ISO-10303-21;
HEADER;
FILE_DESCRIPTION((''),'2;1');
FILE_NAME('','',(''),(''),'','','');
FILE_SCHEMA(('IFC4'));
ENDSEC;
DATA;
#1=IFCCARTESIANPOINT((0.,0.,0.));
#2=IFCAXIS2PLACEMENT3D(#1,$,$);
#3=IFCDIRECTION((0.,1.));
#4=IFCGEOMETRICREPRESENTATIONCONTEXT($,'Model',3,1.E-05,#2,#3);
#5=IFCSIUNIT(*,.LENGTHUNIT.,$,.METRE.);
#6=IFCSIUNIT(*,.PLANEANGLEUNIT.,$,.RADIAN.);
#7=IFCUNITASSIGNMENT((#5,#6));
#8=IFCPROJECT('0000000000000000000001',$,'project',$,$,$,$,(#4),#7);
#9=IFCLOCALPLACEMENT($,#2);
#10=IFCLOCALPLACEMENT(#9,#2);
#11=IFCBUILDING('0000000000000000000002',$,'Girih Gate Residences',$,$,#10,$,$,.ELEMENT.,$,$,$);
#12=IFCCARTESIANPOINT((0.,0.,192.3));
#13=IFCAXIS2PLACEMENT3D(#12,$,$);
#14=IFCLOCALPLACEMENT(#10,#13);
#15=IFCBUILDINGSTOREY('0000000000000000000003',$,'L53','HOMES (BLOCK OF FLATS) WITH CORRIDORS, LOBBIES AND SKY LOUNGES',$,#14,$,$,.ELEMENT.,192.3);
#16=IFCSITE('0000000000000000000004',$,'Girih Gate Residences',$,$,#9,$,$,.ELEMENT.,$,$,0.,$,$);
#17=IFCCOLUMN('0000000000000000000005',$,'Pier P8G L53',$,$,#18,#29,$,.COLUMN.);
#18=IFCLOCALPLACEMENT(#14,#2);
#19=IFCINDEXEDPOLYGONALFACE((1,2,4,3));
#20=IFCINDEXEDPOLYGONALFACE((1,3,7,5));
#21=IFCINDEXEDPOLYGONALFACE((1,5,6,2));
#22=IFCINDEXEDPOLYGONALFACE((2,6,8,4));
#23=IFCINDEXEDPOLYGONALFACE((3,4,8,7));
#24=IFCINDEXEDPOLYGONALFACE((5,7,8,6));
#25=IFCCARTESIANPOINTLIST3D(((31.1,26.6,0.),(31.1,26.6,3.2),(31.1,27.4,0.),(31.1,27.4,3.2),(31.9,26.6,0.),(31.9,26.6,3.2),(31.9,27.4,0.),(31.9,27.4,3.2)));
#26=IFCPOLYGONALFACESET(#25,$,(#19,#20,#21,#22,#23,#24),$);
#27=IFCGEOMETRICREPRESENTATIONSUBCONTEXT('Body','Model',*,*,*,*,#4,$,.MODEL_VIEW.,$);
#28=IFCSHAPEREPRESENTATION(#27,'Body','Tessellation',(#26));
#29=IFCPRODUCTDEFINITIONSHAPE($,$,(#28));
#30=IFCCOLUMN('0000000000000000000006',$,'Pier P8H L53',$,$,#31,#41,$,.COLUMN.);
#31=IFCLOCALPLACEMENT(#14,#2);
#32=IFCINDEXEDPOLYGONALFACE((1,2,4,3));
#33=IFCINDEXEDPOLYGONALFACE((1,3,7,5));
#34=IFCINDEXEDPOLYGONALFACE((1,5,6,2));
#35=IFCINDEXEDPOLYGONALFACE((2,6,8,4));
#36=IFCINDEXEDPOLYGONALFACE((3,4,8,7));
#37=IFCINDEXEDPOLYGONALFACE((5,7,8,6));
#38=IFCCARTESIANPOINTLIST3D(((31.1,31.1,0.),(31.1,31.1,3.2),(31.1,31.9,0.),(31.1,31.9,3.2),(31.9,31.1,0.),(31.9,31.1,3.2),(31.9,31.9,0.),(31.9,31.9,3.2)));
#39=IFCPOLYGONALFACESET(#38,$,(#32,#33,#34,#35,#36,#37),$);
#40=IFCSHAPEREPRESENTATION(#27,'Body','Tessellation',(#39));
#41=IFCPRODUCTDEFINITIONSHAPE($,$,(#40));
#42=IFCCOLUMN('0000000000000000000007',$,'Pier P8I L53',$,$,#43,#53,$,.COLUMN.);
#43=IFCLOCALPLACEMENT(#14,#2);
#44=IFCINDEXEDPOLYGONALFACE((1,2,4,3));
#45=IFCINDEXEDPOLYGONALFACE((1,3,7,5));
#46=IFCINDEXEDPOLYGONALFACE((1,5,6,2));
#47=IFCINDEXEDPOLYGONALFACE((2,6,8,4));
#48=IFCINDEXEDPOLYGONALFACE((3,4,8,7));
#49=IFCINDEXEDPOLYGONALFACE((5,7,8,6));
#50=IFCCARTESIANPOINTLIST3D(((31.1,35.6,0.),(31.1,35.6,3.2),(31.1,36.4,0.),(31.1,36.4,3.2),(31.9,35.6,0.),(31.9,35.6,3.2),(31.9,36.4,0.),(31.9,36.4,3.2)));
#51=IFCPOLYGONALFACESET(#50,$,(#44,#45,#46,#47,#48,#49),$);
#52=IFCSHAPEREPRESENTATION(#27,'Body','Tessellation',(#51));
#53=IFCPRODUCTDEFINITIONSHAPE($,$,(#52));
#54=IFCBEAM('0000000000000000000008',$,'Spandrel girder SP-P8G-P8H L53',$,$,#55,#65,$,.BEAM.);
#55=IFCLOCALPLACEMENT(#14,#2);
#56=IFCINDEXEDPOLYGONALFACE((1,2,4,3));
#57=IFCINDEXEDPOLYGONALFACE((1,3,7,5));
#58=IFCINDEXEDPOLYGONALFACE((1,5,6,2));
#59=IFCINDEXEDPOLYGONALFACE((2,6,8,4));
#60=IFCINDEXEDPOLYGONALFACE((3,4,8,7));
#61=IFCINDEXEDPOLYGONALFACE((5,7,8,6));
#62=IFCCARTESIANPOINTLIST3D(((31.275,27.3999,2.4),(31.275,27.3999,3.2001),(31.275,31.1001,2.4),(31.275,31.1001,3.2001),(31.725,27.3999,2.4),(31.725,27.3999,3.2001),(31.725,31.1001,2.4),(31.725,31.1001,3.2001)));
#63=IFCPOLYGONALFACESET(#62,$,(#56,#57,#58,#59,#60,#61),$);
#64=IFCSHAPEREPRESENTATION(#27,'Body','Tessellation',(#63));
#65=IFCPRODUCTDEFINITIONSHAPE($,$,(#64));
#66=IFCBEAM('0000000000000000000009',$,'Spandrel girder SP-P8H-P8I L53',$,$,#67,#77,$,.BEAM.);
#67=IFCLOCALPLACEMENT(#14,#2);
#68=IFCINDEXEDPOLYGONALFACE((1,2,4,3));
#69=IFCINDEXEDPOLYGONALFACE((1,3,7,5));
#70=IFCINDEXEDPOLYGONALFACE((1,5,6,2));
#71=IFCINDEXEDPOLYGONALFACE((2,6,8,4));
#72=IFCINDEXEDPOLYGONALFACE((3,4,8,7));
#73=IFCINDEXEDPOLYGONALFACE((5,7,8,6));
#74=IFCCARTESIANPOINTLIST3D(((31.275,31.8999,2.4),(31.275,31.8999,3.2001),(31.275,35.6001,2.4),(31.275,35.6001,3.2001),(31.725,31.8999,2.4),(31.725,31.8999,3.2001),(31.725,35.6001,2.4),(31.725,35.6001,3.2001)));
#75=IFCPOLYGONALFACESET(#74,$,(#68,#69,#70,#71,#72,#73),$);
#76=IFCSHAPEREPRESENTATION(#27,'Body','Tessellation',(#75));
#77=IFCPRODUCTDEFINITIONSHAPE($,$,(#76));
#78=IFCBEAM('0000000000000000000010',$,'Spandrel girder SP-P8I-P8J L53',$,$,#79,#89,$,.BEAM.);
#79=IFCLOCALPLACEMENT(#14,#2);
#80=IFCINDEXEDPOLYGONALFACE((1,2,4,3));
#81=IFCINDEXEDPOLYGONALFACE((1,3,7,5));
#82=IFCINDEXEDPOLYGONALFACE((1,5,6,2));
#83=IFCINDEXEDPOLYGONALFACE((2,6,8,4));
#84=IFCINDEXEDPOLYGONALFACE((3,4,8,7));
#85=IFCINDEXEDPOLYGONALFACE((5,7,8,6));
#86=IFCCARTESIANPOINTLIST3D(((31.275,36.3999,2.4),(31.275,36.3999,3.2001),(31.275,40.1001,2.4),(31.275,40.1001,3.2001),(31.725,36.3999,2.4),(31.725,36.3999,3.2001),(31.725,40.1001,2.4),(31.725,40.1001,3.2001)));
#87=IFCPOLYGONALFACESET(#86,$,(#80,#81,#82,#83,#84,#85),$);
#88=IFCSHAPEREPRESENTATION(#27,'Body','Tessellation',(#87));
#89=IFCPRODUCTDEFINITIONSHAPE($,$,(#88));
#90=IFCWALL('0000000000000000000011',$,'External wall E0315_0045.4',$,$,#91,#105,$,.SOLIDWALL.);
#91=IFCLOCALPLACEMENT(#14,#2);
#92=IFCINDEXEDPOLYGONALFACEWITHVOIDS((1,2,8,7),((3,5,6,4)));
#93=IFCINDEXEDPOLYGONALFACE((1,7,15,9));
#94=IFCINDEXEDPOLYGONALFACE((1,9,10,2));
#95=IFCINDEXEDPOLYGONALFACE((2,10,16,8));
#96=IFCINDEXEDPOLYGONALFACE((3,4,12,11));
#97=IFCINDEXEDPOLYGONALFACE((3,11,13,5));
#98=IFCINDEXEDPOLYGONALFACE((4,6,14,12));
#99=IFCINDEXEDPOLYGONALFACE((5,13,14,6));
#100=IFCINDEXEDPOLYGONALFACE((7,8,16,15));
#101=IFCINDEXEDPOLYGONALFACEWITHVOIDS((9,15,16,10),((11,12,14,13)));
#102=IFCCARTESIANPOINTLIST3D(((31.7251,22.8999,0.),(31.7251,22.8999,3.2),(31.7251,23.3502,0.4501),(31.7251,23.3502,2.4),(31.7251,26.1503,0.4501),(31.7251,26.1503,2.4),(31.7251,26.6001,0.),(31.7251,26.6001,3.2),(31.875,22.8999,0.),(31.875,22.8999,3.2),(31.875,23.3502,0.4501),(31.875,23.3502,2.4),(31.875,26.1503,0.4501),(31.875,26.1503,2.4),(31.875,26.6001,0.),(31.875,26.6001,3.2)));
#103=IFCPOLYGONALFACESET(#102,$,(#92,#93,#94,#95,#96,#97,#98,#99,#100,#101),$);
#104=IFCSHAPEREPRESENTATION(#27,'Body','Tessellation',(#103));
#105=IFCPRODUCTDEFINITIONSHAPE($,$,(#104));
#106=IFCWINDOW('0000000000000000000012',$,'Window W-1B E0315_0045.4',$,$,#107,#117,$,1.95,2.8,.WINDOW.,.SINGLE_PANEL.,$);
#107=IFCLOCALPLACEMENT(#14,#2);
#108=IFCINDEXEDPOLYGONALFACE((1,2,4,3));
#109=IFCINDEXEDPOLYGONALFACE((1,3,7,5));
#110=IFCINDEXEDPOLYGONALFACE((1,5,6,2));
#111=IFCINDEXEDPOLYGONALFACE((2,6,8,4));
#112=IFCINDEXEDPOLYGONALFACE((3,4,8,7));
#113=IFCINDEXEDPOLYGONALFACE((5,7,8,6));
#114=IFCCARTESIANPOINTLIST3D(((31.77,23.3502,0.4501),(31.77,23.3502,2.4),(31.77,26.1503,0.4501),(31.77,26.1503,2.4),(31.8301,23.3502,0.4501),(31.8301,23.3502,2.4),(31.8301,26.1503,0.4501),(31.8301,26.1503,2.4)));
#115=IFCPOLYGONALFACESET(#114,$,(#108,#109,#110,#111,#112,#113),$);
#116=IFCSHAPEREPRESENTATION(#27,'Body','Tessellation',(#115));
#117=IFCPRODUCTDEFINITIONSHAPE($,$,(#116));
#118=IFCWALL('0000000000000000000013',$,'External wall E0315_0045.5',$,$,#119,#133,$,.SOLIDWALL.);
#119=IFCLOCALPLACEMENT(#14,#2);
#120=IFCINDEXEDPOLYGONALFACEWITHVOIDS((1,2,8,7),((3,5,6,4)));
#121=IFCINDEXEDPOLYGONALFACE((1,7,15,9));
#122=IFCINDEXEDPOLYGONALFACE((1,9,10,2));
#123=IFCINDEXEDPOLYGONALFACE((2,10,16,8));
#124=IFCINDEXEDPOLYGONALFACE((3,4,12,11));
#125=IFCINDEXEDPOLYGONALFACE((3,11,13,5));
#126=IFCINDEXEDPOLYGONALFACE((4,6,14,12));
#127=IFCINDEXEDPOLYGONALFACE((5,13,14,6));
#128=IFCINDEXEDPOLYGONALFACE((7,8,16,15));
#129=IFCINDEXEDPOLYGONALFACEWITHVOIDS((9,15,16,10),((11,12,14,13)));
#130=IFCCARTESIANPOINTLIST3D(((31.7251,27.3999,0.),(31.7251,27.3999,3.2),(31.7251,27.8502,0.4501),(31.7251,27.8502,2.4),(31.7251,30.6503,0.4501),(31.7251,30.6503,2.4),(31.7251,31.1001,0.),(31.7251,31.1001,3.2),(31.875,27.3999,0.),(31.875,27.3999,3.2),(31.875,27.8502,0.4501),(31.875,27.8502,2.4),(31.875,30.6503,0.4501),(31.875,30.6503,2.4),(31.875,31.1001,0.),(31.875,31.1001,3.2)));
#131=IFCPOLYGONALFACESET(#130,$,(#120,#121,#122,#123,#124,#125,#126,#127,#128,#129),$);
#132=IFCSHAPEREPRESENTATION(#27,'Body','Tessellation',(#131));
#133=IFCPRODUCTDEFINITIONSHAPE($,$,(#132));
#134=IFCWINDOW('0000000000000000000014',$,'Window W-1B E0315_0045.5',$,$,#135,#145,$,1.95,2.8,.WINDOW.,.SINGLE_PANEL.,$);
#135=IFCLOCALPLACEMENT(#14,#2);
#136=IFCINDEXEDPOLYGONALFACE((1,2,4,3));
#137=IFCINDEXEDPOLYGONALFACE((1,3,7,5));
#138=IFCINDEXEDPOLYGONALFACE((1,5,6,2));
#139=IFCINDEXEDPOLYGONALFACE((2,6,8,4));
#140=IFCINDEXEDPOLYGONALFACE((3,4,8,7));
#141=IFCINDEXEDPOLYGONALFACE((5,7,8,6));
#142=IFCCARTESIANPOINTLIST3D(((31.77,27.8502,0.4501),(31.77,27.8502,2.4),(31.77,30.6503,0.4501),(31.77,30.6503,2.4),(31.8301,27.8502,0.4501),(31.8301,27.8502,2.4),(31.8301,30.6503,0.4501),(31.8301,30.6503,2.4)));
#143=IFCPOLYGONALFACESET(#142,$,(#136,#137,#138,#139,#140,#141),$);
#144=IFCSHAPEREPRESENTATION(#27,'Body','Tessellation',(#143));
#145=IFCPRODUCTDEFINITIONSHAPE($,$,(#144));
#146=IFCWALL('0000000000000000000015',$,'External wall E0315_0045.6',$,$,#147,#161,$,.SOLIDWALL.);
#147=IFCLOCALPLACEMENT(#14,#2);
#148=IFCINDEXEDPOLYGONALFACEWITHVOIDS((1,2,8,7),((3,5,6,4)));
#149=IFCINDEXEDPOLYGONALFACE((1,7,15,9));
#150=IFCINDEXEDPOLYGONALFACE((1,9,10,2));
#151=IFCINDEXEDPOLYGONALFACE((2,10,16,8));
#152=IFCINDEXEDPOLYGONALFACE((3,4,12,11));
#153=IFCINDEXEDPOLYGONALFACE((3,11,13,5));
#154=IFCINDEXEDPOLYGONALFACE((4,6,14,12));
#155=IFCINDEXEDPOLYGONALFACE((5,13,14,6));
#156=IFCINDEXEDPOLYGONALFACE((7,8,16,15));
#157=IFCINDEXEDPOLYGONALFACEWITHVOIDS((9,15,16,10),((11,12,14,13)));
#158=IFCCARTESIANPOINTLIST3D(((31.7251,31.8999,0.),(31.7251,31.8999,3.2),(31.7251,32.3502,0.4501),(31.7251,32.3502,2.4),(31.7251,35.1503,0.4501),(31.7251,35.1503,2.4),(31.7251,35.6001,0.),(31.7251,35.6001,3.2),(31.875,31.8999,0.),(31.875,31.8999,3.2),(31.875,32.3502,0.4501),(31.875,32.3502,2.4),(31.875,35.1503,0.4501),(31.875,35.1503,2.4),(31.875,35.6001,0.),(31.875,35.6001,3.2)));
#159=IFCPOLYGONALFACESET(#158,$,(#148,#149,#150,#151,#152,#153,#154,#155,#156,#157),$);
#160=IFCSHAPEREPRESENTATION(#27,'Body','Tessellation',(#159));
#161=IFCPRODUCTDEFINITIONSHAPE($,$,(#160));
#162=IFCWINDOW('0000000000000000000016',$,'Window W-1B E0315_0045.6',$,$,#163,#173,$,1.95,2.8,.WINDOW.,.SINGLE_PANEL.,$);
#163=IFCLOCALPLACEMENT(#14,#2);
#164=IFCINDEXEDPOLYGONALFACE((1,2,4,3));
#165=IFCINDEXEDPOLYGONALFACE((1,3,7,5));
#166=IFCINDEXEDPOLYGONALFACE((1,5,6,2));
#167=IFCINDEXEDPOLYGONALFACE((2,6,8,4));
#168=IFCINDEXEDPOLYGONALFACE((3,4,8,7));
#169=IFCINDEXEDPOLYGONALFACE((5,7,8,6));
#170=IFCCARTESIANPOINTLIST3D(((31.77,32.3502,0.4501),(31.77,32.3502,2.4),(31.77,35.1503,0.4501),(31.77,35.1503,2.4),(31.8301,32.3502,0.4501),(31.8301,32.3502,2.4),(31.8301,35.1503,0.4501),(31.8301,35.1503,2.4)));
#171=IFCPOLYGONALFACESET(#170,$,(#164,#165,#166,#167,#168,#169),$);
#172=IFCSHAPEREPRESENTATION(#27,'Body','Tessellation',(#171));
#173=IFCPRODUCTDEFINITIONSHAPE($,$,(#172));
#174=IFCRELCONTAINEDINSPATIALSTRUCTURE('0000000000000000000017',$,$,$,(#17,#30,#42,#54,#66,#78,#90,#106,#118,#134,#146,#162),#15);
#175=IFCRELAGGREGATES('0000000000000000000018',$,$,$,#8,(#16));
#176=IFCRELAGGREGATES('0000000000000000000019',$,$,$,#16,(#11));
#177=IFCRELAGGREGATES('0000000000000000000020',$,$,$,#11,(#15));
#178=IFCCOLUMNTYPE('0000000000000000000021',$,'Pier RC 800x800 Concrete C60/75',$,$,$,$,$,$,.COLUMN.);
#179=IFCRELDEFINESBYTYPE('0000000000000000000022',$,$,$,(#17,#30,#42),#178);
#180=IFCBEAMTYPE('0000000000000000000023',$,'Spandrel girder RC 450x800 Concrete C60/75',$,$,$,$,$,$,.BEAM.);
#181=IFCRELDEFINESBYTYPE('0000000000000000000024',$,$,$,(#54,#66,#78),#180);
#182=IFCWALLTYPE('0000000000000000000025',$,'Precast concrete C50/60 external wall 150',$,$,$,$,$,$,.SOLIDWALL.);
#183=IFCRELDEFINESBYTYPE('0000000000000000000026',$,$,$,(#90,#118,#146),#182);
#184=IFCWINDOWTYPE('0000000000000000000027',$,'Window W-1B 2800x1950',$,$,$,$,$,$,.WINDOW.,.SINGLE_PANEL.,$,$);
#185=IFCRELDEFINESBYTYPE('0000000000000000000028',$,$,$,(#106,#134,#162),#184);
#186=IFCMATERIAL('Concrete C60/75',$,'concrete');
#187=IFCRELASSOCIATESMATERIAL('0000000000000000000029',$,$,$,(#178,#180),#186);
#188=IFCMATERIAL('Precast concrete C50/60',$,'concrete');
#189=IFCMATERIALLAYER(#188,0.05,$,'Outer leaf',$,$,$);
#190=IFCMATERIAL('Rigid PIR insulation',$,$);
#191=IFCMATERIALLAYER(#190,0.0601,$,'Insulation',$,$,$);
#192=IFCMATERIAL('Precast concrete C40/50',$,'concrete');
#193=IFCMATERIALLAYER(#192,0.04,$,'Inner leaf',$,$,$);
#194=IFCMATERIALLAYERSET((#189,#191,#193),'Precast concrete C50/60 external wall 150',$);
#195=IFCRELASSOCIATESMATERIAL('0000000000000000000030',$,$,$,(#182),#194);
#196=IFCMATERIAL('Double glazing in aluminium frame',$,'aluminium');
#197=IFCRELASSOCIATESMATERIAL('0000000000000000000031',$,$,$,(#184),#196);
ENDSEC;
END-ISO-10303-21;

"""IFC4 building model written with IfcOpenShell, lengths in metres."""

from ifc_helpers import new_model, si_unit, direction, frame, frame_2d, origin, origin_2d, place, context, subcontext, project, spatial, rectangle, extrude, material, layer, layer_set, material_profile, profile_set, type_object, element, fill, save


model = new_model("IFC4")

# Units and contexts
model_context = context("Model", 3, precision=1e-05, world=origin(), true_north=direction((0.0, 1.0)))
body_context = subcontext(model_context, "Body", "Model", "MODEL_VIEW")
ifc_project = project(units=[si_unit("LENGTHUNIT", "METRE"), si_unit("PLANEANGLEUNIT", "RADIAN")], contexts=[model_context])

# Site, building, storey
site_placement = place(None, origin())
site = spatial("IfcSite", under=ifc_project, at=site_placement, Name="Girih Gate Residences", CompositionType="ELEMENT", RefElevation=0.0)
building_placement = place(site_placement, origin())
building = spatial("IfcBuilding", under=site, at=building_placement, Name="Girih Gate Residences", CompositionType="ELEMENT")
storey_placement = place(building_placement, frame((0.0, 0.0, 192.3)))
storey = spatial("IfcBuildingStorey", under=building, at=storey_placement, Name="L53", Description="HOMES (BLOCK OF FLATS) WITH CORRIDORS, LOBBIES AND SKY LOUNGES", CompositionType="ELEMENT", Elevation=192.3)

# Columns
ifc_material_1 = material(Name="Concrete C60/75", Category="concrete")
ifc_material_profile_1 = material_profile(ifc_material_1, rectangle(XDim=0.8, YDim=0.8, at=origin_2d()))
ifc_profile_set_1 = profile_set([ifc_material_profile_1], Name="Concrete C60/75")
column_type = type_object("IfcColumnType", Name="Pier RC 800x800 Concrete C60/75", PredefinedType="COLUMN", material=ifc_profile_set_1)
for number, where, z_axis, x_axis, name in (
    (1, (31.5, 27.0, 0.0), (0.0, 0.0, 1.0), (1.0, 0.0, 0.0), "Pier P8G L53"),
    (2, (31.5, 31.5, 0.0), (0.0, 0.0, 1.0), (1.0, 0.0, 0.0), "Pier P8H L53"),
    (3, (31.5, 36.0, 0.0), (0.0, 0.0, 1.0), (1.0, 0.0, 0.0), "Pier P8I L53"),
):
    element("IfcColumn", number, at=place(storey_placement, frame(where, z_axis=z_axis, x_axis=x_axis)), inside=storey, type_object=column_type, Name=name, PredefinedType="COLUMN", context=body_context, shape_type="SweptSolid", body=[
        extrude(rectangle(XDim=0.8, YDim=0.8, at=origin_2d()), origin(), (0.0, 0.0, 1.0), 3.2),
    ])

# Beams
ifc_material_profile_2 = material_profile(ifc_material_1, rectangle(XDim=0.45, YDim=0.8, at=origin_2d()))
ifc_profile_set_2 = profile_set([ifc_material_profile_2], Name="Concrete C60/75")
beam_type = type_object("IfcBeamType", Name="Spandrel girder RC 450x800 Concrete C60/75", PredefinedType="BEAM", material=ifc_profile_set_2)
for number, where, z_axis, x_axis, name in (
    (4, (31.5, 27.3999, 2.8), (0.0, 1.0, 0.0), (-1.0, 0.0, 0.0), "Spandrel girder SP-P8G-P8H L53"),
    (5, (31.5, 31.8999, 2.8), (0.0, 1.0, 0.0), (-1.0, 0.0, 0.0), "Spandrel girder SP-P8H-P8I L53"),
    (6, (31.5, 36.3999, 2.8), (0.0, 1.0, 0.0), (-1.0, 0.0, 0.0), "Spandrel girder SP-P8I-P8J L53"),
):
    element("IfcBeam", number, at=place(storey_placement, frame(where, z_axis=z_axis, x_axis=x_axis)), inside=storey, type_object=beam_type, Name=name, PredefinedType="BEAM", context=body_context, shape_type="SweptSolid", body=[
        extrude(rectangle(XDim=0.45, YDim=0.8, at=origin_2d()), origin(), (0.0, 0.0, 1.0), 3.7002),
    ])

# Walls, openings, windows
ifc_material_2 = material(Name="Precast concrete C50/60", Category="concrete")
ifc_layer_1 = layer(ifc_material_2, 0.05, Name="Outer leaf")
ifc_material_3 = material(Name="Rigid PIR insulation")
ifc_layer_2 = layer(ifc_material_3, 0.0601, Name="Insulation")
ifc_material_4 = material(Name="Precast concrete C40/50", Category="concrete")
ifc_layer_3 = layer(ifc_material_4, 0.04, Name="Inner leaf")
ifc_layer_set_1 = layer_set([ifc_layer_1, ifc_layer_2, ifc_layer_3], Name="Precast concrete C50/60 external wall 150")
wall_type_1 = type_object("IfcWallType", Name="Precast concrete C50/60 external wall 150", PredefinedType="SOLIDWALL", material=ifc_layer_set_1)
wall_1_placement = place(storey_placement, frame((31.8, 26.6001, 0.0), z_axis=(0.0, 0.0, 1.0), x_axis=(0.0, -1.0, 0.0)))
wall_1 = element("IfcWall", 7, at=wall_1_placement, inside=storey, type_object=wall_type_1, Name="External wall E0315_0045.4", PredefinedType="SOLIDWALL", context=body_context, shape_type="SweptSolid", body=[
    extrude(rectangle(XDim=3.7002, YDim=0.1499, at=frame_2d((1.8501, 0.0))), origin(), (0.0, 0.0, 1.0), 3.2),
])
opening_1_placement = place(wall_1_placement, frame((0.45, 0.0, 0.45)))
opening_1 = element("IfcOpeningElement", 8, at=opening_1_placement, cuts=wall_1, PredefinedType="OPENING", context=body_context, shape_type="SweptSolid", body=[
    extrude(rectangle(XDim=2.8, YDim=1.95, at=frame_2d((1.3999, 0.9751))), frame((0.0, 0.085, 0.0), z_axis=(0.0, -1.0, 0.0), x_axis=(1.0, 0.0, 0.0)), (0.0, 0.0, 1.0), 0.1699),
])
ifc_material_5 = material(Name="Double glazing in aluminium frame", Category="aluminium")
window_type = type_object("IfcWindowType", Name="Window W-1B 2800x1950", PartitioningType="SINGLE_PANEL", PredefinedType="WINDOW", material=ifc_material_5)
window_1_placement = place(opening_1_placement, origin())
window_1 = element("IfcWindow", 9, at=window_1_placement, inside=storey, type_object=window_type, Name="Window W-1B E0315_0045.4", OverallHeight=1.95, OverallWidth=2.8, PartitioningType="SINGLE_PANEL", PredefinedType="WINDOW", context=body_context, shape_type="SweptSolid", body=[
    extrude(rectangle(XDim=2.8, YDim=1.95, at=frame_2d((1.3999, 0.9751))), frame((0.0, 0.03, 0.0), z_axis=(0.0, -1.0, 0.0), x_axis=(1.0, 0.0, 0.0)), (0.0, 0.0, 1.0), 0.0601),
])
fill(opening_1, window_1)
wall_2_placement = place(storey_placement, frame((31.8, 31.1001, 0.0), z_axis=(0.0, 0.0, 1.0), x_axis=(0.0, -1.0, 0.0)))
wall_2 = element("IfcWall", 10, at=wall_2_placement, inside=storey, type_object=wall_type_1, Name="External wall E0315_0045.5", PredefinedType="SOLIDWALL", context=body_context, shape_type="SweptSolid", body=[
    extrude(rectangle(XDim=3.7002, YDim=0.1499, at=frame_2d((1.8501, 0.0))), origin(), (0.0, 0.0, 1.0), 3.2),
])
opening_2_placement = place(wall_2_placement, frame((0.45, 0.0, 0.45)))
opening_2 = element("IfcOpeningElement", 11, at=opening_2_placement, cuts=wall_2, PredefinedType="OPENING", context=body_context, shape_type="SweptSolid", body=[
    extrude(rectangle(XDim=2.8, YDim=1.95, at=frame_2d((1.3999, 0.9751))), frame((0.0, 0.085, 0.0), z_axis=(0.0, -1.0, 0.0), x_axis=(1.0, 0.0, 0.0)), (0.0, 0.0, 1.0), 0.1699),
])
window_2_placement = place(opening_2_placement, origin())
window_2 = element("IfcWindow", 12, at=window_2_placement, inside=storey, type_object=window_type, Name="Window W-1B E0315_0045.5", OverallHeight=1.95, OverallWidth=2.8, PartitioningType="SINGLE_PANEL", PredefinedType="WINDOW", context=body_context, shape_type="SweptSolid", body=[
    extrude(rectangle(XDim=2.8, YDim=1.95, at=frame_2d((1.3999, 0.9751))), frame((0.0, 0.03, 0.0), z_axis=(0.0, -1.0, 0.0), x_axis=(1.0, 0.0, 0.0)), (0.0, 0.0, 1.0), 0.0601),
])
fill(opening_2, window_2)
wall_3_placement = place(storey_placement, frame((31.8, 35.6001, 0.0), z_axis=(0.0, 0.0, 1.0), x_axis=(0.0, -1.0, 0.0)))
wall_3 = element("IfcWall", 13, at=wall_3_placement, inside=storey, type_object=wall_type_1, Name="External wall E0315_0045.6", PredefinedType="SOLIDWALL", context=body_context, shape_type="SweptSolid", body=[
    extrude(rectangle(XDim=3.7002, YDim=0.1499, at=frame_2d((1.8501, 0.0))), origin(), (0.0, 0.0, 1.0), 3.2),
])
opening_3_placement = place(wall_3_placement, frame((0.45, 0.0, 0.45)))
opening_3 = element("IfcOpeningElement", 14, at=opening_3_placement, cuts=wall_3, PredefinedType="OPENING", context=body_context, shape_type="SweptSolid", body=[
    extrude(rectangle(XDim=2.8, YDim=1.95, at=frame_2d((1.3999, 0.9751))), frame((0.0, 0.085, 0.0), z_axis=(0.0, -1.0, 0.0), x_axis=(1.0, 0.0, 0.0)), (0.0, 0.0, 1.0), 0.1699),
])
window_3_placement = place(opening_3_placement, origin())
window_3 = element("IfcWindow", 15, at=window_3_placement, inside=storey, type_object=window_type, Name="Window W-1B E0315_0045.6", OverallHeight=1.95, OverallWidth=2.8, PartitioningType="SINGLE_PANEL", PredefinedType="WINDOW", context=body_context, shape_type="SweptSolid", body=[
    extrude(rectangle(XDim=2.8, YDim=1.95, at=frame_2d((1.3999, 0.9751))), frame((0.0, 0.03, 0.0), z_axis=(0.0, -1.0, 0.0), x_axis=(1.0, 0.0, 0.0)), (0.0, 0.0, 1.0), 0.0601),
])
fill(opening_3, window_3)

save(model, "model.ifc")
